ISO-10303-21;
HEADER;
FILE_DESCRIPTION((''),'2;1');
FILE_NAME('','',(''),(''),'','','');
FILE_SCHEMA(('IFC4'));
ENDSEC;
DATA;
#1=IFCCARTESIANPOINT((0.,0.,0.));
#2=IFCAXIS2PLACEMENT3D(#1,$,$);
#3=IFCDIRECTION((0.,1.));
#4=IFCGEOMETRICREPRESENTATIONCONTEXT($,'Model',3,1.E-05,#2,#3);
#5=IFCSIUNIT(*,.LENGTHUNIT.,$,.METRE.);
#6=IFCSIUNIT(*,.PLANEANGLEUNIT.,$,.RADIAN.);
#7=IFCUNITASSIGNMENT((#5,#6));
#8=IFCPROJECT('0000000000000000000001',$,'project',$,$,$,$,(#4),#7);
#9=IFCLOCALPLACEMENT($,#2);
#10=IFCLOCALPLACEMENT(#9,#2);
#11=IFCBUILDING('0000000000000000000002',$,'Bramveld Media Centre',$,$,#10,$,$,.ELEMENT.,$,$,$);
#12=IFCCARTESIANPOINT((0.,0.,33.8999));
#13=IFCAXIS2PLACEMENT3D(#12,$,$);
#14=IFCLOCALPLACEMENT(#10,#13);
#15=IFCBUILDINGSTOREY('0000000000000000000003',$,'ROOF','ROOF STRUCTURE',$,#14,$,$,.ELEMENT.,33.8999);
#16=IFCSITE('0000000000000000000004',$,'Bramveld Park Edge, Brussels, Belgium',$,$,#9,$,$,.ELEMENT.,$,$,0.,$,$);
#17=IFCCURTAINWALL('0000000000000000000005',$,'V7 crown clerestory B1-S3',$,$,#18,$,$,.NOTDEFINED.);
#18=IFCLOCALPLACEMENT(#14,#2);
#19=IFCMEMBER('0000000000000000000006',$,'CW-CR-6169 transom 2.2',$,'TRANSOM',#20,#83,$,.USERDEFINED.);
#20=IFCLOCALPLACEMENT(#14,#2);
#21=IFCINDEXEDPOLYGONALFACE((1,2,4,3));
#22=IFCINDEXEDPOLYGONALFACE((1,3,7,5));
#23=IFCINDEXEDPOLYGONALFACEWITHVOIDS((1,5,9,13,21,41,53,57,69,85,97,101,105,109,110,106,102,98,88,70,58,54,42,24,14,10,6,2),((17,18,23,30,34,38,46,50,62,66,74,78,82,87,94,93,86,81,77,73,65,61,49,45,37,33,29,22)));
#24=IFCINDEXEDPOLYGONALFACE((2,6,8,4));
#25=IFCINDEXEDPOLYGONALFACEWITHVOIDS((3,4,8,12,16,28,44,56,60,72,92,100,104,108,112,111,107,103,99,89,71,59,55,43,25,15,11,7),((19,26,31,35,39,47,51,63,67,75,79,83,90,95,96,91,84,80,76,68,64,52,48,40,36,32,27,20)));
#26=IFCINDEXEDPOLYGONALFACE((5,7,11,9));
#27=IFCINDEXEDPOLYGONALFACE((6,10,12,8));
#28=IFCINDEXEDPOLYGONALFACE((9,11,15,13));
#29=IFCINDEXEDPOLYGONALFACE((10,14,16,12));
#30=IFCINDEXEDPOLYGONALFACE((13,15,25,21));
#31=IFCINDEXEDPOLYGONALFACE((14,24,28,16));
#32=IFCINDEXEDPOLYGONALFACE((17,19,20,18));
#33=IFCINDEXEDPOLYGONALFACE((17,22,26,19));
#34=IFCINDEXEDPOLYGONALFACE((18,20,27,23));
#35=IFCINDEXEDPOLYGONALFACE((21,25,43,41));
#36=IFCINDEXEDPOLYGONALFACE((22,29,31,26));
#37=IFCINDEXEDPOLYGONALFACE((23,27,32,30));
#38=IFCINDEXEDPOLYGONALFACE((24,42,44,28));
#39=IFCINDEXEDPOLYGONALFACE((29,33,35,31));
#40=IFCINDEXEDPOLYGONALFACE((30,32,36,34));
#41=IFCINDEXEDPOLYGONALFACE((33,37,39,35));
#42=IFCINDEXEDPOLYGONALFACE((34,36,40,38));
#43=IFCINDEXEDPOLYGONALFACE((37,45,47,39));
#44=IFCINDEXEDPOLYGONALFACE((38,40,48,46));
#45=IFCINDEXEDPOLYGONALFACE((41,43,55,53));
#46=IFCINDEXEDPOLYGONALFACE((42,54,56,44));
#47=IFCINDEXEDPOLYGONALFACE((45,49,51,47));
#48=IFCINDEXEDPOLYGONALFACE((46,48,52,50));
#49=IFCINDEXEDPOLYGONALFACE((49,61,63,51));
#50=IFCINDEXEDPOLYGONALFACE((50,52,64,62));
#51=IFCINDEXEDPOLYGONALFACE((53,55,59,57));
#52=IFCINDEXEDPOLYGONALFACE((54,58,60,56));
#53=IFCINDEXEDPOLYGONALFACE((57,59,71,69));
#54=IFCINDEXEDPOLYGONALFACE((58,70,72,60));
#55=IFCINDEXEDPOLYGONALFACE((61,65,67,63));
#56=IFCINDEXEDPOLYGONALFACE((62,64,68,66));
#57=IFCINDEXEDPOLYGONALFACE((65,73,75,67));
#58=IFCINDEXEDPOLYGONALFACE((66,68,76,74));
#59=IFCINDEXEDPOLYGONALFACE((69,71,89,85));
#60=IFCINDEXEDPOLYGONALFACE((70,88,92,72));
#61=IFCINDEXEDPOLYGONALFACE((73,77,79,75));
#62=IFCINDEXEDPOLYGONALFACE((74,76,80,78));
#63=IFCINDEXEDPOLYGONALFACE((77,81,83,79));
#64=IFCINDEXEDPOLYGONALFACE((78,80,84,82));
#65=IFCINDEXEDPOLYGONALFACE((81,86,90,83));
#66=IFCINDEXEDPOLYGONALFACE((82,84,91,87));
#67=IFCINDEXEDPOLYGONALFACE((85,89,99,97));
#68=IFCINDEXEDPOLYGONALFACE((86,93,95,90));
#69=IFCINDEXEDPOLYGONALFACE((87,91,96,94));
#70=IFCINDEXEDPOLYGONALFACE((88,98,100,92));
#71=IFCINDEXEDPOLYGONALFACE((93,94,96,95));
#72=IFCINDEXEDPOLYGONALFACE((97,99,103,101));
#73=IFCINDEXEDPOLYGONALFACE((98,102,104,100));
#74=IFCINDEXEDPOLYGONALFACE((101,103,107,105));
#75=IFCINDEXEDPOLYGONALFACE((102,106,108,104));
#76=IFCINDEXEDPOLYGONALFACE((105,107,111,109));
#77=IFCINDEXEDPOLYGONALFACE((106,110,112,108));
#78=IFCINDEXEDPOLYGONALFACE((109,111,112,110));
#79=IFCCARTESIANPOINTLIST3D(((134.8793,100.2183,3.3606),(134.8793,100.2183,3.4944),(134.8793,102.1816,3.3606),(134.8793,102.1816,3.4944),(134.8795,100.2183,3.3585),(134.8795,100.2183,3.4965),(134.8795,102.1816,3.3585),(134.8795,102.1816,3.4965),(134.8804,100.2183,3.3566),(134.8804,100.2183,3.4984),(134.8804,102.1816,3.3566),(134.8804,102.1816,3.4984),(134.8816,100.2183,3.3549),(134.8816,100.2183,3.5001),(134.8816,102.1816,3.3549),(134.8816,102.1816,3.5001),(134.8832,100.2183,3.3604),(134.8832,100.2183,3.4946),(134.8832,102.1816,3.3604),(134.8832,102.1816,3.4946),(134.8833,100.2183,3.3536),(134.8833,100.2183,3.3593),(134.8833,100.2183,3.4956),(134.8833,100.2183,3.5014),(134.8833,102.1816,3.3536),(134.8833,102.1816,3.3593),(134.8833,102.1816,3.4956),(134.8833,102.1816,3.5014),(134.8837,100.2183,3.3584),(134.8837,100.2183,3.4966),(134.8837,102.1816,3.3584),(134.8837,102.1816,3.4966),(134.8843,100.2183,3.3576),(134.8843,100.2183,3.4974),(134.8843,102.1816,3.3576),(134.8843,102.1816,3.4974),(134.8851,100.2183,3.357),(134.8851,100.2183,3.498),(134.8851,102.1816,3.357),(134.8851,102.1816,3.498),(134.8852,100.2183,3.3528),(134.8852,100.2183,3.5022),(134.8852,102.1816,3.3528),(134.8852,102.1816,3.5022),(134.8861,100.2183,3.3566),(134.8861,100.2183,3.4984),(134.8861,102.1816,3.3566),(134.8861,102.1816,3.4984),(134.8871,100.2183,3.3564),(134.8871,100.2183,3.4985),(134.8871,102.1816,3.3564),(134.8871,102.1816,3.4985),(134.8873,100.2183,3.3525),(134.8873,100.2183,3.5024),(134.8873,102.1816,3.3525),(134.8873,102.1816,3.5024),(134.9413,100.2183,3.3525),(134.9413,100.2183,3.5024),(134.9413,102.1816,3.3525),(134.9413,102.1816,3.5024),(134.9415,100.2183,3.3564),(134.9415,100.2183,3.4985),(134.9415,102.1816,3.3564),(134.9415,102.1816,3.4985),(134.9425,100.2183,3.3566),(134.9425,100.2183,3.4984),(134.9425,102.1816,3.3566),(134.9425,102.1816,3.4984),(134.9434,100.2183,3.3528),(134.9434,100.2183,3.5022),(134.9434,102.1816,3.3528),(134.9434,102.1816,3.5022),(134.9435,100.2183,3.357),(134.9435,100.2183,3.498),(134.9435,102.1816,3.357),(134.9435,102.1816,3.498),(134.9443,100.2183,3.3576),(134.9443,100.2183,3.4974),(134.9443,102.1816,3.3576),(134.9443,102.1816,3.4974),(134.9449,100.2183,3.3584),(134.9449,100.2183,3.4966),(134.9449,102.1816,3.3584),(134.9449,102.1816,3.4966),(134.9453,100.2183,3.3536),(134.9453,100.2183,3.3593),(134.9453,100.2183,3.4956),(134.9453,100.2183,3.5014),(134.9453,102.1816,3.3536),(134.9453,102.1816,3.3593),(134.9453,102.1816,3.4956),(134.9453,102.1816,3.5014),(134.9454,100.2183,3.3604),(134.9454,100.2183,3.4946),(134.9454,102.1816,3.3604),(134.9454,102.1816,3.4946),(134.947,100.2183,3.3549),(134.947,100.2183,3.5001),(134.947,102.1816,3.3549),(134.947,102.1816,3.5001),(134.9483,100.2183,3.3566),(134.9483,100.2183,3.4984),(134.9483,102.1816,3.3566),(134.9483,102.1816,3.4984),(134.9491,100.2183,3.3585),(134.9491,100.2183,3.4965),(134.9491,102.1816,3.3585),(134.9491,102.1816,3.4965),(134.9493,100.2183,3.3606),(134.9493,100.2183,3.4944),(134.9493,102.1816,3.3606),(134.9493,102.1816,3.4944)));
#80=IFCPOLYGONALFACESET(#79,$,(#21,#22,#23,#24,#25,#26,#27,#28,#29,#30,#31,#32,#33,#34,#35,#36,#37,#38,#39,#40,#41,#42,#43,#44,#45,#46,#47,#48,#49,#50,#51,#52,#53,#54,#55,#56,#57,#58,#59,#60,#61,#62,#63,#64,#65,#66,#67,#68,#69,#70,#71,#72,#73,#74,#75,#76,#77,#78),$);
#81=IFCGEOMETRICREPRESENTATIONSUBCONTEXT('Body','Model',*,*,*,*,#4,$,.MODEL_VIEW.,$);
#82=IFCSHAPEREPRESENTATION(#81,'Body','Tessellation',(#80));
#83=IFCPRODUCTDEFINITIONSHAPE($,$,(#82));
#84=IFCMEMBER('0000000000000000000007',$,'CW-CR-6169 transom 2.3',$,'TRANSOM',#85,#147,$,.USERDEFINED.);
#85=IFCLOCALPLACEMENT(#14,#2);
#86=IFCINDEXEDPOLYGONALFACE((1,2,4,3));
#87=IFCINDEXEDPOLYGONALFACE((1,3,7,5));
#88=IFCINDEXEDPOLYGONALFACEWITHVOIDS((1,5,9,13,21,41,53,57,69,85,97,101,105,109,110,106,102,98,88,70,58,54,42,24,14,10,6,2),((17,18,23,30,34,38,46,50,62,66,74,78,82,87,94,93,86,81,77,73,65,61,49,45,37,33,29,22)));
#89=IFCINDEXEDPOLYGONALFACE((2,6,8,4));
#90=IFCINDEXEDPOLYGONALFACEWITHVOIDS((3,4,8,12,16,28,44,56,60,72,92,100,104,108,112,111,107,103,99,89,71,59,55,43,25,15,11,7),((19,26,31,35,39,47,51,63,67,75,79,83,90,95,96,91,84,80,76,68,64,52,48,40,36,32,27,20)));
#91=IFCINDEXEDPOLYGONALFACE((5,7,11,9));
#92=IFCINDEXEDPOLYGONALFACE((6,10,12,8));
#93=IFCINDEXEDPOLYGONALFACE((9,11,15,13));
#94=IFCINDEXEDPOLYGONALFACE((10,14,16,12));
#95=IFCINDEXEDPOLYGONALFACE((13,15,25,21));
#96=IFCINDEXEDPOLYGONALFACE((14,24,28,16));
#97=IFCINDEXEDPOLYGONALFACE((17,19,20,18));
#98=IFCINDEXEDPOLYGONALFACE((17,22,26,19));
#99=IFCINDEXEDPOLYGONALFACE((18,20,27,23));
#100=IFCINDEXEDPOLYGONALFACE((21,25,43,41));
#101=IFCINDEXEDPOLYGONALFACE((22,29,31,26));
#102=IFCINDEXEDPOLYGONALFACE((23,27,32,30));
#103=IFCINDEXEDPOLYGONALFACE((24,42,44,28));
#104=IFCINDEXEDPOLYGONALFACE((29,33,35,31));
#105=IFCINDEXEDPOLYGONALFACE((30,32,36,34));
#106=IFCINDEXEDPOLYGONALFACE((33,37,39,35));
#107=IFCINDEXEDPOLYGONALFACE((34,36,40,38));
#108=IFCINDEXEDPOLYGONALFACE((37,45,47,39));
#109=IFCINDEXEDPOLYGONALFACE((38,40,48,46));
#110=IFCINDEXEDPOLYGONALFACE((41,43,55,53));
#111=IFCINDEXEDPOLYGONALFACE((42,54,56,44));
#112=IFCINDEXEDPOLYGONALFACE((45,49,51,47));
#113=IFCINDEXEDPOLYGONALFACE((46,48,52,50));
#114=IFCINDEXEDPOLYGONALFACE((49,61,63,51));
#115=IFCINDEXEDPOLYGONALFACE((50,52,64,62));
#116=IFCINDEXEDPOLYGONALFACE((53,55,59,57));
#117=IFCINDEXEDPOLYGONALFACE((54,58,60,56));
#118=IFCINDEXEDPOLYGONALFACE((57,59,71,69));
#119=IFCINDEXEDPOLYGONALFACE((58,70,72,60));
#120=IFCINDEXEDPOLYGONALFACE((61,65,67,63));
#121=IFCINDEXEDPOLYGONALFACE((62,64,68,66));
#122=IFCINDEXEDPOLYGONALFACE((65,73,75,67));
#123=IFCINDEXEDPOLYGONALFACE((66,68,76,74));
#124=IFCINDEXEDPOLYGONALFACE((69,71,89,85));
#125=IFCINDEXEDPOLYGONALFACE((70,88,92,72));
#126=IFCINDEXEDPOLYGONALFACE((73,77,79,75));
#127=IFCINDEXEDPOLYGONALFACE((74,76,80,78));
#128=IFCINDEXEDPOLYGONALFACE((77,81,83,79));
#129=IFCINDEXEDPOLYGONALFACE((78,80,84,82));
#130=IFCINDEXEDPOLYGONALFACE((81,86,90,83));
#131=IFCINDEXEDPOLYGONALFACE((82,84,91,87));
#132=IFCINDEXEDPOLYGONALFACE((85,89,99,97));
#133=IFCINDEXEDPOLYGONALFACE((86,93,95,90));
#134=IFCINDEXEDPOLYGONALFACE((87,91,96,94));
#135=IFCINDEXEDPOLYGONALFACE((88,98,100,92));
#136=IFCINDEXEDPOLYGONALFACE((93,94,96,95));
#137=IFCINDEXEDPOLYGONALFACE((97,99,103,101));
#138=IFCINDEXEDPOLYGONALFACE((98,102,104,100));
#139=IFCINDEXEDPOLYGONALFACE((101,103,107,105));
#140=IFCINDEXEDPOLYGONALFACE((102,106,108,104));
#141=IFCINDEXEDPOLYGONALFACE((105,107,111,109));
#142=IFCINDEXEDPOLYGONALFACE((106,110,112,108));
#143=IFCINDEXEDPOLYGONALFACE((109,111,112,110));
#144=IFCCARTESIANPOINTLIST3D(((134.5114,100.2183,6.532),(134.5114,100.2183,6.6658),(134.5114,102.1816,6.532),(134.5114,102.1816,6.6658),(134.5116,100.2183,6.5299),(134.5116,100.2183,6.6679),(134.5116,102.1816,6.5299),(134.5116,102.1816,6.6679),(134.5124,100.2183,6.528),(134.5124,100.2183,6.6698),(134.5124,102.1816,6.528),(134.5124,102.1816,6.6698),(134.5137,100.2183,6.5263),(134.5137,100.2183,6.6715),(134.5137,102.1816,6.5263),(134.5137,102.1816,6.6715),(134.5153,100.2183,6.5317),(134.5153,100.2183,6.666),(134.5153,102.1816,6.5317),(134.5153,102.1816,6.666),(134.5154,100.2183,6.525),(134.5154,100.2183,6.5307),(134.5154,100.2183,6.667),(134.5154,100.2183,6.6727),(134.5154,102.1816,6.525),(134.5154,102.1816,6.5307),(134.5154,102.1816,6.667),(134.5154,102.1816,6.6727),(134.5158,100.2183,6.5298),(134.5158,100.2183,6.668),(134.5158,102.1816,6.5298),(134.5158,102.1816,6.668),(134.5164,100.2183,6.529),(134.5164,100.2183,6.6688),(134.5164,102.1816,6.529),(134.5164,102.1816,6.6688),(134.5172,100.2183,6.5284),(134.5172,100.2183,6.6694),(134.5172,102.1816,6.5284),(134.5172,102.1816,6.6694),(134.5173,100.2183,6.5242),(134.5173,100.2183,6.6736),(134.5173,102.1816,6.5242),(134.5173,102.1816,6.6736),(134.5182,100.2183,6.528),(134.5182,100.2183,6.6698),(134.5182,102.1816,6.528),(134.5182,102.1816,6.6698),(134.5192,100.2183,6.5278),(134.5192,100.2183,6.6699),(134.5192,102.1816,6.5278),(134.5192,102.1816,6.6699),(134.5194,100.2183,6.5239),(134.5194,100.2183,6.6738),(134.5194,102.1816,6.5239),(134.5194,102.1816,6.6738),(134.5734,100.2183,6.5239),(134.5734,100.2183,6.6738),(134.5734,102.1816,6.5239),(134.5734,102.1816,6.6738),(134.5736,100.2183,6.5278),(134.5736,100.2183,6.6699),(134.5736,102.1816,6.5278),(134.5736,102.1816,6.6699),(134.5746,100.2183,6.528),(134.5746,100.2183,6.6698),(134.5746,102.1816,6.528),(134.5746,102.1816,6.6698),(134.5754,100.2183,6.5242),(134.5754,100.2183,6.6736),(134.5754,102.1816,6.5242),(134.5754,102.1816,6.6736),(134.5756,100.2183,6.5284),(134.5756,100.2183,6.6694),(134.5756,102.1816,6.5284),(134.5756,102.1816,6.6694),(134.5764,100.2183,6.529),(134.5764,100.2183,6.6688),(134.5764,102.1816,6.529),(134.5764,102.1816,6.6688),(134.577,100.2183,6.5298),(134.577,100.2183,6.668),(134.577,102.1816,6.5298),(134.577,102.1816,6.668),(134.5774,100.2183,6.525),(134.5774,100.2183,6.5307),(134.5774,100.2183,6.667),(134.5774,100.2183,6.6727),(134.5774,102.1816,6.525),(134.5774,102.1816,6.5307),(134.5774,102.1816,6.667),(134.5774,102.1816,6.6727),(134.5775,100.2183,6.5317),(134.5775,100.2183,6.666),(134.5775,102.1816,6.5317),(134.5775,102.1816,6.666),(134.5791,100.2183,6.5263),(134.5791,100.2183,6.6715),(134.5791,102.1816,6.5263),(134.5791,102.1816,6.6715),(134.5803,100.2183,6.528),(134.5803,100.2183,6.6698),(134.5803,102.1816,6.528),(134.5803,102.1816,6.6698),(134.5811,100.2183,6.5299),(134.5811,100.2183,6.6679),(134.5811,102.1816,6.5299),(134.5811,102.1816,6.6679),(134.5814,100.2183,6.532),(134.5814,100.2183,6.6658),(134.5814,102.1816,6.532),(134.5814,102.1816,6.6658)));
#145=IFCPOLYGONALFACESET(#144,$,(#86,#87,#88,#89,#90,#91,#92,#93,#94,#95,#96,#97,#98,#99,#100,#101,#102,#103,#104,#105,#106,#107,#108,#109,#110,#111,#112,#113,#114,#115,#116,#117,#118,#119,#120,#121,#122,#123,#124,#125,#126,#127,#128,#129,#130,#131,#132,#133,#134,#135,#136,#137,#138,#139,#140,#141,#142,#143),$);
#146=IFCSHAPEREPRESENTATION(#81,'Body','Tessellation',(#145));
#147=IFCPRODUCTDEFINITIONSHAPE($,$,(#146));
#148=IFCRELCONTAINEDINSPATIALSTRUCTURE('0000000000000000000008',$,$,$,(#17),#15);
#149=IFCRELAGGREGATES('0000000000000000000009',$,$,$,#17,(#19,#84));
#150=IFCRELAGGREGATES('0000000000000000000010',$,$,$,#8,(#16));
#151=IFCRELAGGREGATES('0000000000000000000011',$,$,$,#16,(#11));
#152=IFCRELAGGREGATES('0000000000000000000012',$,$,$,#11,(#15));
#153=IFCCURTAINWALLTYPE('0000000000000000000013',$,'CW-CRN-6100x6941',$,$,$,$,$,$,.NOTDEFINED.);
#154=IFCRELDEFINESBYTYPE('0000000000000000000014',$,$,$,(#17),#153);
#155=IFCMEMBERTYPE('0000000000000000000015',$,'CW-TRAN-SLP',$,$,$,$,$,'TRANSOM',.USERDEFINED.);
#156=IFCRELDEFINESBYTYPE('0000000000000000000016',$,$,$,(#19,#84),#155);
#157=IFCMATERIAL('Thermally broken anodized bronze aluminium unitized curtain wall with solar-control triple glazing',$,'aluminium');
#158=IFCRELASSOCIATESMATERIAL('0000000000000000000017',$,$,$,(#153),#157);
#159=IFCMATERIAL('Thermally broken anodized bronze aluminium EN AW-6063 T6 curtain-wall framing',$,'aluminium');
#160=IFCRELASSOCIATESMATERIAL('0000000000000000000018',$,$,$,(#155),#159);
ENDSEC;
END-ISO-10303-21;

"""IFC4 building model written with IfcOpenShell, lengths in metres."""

from ifc_helpers import new_model, si_unit, direction, frame, origin, origin_2d, place, context, subcontext, project, spatial, hollow_rectangle, extrude, material, material_profile, profile_set, type_object, element, aggregate, save


model = new_model("IFC4")

# Units and contexts
model_context = context("Model", 3, precision=1e-05, world=origin(), true_north=direction((0.0, 1.0)))
body_context = subcontext(model_context, "Body", "Model", "MODEL_VIEW")
ifc_project = project(units=[si_unit("LENGTHUNIT", "METRE"), si_unit("PLANEANGLEUNIT", "RADIAN")], contexts=[model_context])

# Site, building, storey
site_placement = place(None, origin())
site = spatial("IfcSite", under=ifc_project, at=site_placement, Name="Bramveld Park Edge, Brussels, Belgium", CompositionType="ELEMENT", RefElevation=0.0)
building_placement = place(site_placement, origin())
building = spatial("IfcBuilding", under=site, at=building_placement, Name="Bramveld Media Centre", CompositionType="ELEMENT")
storey_placement = place(building_placement, frame((0.0, 0.0, 33.8999)))
storey = spatial("IfcBuildingStorey", under=building, at=storey_placement, Name="ROOF", Description="ROOF STRUCTURE", CompositionType="ELEMENT", Elevation=33.8999)

# Curtain wall, members
ifc_material_1 = material(Name="Thermally broken anodized bronze aluminium unitized curtain wall with solar-control triple glazing", Category="aluminium")
curtain_wall_type = type_object("IfcCurtainWallType", Name="CW-CRN-6100x6941", PredefinedType="NOTDEFINED", material=ifc_material_1)
curtain_wall_placement = place(storey_placement, origin())
curtain_wall = element("IfcCurtainWall", 1, at=curtain_wall_placement, inside=storey, type_object=curtain_wall_type, Name="V7 crown clerestory B1-S3", PredefinedType="NOTDEFINED")
ifc_material_2 = material(Name="Thermally broken anodized bronze aluminium EN AW-6063 T6 curtain-wall framing", Category="aluminium")
ifc_material_profile_1 = material_profile(ifc_material_2, hollow_rectangle(XDim=0.0701, YDim=0.1499, WallThickness=0.0039, InnerFilletRadius=0.0039, OuterFilletRadius=0.0081, at=origin_2d()), Name="AL-TRAN 70x150")
ifc_profile_set_1 = profile_set([ifc_material_profile_1], Name="Thermally broken anodized bronze aluminium EN AW-6063 T6 curtain-wall framing")
member_type_1 = type_object("IfcMemberType", Name="CW-TRAN-SLP", ElementType="TRANSOM", PredefinedType="USERDEFINED", material=ifc_profile_set_1)
member_1_placement = place(storey_placement, frame((134.9143, 100.2183, 3.4275), z_axis=(0.0, 1.0, 0.0), x_axis=(-1.0, 0.0, 0.0)))
member_1 = element("IfcMember", 2, at=member_1_placement, type_object=member_type_1, Name="CW-CR-6169 transom 2.2", ObjectType="TRANSOM", PredefinedType="USERDEFINED", context=body_context, shape_type="SweptSolid", body=[
    extrude(hollow_rectangle(XDim=0.0701, YDim=0.1499, WallThickness=0.0039, InnerFilletRadius=0.0039, OuterFilletRadius=0.0081, at=origin_2d()), origin(), (0.0, 0.0, 1.0), 1.9634),
])
member_2_placement = place(storey_placement, frame((134.5464, 100.2183, 6.5989), z_axis=(0.0, 1.0, 0.0), x_axis=(-1.0, 0.0, 0.0)))
member_2 = element("IfcMember", 3, at=member_2_placement, type_object=member_type_1, Name="CW-CR-6169 transom 2.3", ObjectType="TRANSOM", PredefinedType="USERDEFINED", context=body_context, shape_type="SweptSolid", body=[
    extrude(hollow_rectangle(XDim=0.0701, YDim=0.1499, WallThickness=0.0039, InnerFilletRadius=0.0039, OuterFilletRadius=0.0081, at=origin_2d()), origin(), (0.0, 0.0, 1.0), 1.9634),
])

aggregate(curtain_wall, [member_1, member_2])

save(model, "model.ifc")
